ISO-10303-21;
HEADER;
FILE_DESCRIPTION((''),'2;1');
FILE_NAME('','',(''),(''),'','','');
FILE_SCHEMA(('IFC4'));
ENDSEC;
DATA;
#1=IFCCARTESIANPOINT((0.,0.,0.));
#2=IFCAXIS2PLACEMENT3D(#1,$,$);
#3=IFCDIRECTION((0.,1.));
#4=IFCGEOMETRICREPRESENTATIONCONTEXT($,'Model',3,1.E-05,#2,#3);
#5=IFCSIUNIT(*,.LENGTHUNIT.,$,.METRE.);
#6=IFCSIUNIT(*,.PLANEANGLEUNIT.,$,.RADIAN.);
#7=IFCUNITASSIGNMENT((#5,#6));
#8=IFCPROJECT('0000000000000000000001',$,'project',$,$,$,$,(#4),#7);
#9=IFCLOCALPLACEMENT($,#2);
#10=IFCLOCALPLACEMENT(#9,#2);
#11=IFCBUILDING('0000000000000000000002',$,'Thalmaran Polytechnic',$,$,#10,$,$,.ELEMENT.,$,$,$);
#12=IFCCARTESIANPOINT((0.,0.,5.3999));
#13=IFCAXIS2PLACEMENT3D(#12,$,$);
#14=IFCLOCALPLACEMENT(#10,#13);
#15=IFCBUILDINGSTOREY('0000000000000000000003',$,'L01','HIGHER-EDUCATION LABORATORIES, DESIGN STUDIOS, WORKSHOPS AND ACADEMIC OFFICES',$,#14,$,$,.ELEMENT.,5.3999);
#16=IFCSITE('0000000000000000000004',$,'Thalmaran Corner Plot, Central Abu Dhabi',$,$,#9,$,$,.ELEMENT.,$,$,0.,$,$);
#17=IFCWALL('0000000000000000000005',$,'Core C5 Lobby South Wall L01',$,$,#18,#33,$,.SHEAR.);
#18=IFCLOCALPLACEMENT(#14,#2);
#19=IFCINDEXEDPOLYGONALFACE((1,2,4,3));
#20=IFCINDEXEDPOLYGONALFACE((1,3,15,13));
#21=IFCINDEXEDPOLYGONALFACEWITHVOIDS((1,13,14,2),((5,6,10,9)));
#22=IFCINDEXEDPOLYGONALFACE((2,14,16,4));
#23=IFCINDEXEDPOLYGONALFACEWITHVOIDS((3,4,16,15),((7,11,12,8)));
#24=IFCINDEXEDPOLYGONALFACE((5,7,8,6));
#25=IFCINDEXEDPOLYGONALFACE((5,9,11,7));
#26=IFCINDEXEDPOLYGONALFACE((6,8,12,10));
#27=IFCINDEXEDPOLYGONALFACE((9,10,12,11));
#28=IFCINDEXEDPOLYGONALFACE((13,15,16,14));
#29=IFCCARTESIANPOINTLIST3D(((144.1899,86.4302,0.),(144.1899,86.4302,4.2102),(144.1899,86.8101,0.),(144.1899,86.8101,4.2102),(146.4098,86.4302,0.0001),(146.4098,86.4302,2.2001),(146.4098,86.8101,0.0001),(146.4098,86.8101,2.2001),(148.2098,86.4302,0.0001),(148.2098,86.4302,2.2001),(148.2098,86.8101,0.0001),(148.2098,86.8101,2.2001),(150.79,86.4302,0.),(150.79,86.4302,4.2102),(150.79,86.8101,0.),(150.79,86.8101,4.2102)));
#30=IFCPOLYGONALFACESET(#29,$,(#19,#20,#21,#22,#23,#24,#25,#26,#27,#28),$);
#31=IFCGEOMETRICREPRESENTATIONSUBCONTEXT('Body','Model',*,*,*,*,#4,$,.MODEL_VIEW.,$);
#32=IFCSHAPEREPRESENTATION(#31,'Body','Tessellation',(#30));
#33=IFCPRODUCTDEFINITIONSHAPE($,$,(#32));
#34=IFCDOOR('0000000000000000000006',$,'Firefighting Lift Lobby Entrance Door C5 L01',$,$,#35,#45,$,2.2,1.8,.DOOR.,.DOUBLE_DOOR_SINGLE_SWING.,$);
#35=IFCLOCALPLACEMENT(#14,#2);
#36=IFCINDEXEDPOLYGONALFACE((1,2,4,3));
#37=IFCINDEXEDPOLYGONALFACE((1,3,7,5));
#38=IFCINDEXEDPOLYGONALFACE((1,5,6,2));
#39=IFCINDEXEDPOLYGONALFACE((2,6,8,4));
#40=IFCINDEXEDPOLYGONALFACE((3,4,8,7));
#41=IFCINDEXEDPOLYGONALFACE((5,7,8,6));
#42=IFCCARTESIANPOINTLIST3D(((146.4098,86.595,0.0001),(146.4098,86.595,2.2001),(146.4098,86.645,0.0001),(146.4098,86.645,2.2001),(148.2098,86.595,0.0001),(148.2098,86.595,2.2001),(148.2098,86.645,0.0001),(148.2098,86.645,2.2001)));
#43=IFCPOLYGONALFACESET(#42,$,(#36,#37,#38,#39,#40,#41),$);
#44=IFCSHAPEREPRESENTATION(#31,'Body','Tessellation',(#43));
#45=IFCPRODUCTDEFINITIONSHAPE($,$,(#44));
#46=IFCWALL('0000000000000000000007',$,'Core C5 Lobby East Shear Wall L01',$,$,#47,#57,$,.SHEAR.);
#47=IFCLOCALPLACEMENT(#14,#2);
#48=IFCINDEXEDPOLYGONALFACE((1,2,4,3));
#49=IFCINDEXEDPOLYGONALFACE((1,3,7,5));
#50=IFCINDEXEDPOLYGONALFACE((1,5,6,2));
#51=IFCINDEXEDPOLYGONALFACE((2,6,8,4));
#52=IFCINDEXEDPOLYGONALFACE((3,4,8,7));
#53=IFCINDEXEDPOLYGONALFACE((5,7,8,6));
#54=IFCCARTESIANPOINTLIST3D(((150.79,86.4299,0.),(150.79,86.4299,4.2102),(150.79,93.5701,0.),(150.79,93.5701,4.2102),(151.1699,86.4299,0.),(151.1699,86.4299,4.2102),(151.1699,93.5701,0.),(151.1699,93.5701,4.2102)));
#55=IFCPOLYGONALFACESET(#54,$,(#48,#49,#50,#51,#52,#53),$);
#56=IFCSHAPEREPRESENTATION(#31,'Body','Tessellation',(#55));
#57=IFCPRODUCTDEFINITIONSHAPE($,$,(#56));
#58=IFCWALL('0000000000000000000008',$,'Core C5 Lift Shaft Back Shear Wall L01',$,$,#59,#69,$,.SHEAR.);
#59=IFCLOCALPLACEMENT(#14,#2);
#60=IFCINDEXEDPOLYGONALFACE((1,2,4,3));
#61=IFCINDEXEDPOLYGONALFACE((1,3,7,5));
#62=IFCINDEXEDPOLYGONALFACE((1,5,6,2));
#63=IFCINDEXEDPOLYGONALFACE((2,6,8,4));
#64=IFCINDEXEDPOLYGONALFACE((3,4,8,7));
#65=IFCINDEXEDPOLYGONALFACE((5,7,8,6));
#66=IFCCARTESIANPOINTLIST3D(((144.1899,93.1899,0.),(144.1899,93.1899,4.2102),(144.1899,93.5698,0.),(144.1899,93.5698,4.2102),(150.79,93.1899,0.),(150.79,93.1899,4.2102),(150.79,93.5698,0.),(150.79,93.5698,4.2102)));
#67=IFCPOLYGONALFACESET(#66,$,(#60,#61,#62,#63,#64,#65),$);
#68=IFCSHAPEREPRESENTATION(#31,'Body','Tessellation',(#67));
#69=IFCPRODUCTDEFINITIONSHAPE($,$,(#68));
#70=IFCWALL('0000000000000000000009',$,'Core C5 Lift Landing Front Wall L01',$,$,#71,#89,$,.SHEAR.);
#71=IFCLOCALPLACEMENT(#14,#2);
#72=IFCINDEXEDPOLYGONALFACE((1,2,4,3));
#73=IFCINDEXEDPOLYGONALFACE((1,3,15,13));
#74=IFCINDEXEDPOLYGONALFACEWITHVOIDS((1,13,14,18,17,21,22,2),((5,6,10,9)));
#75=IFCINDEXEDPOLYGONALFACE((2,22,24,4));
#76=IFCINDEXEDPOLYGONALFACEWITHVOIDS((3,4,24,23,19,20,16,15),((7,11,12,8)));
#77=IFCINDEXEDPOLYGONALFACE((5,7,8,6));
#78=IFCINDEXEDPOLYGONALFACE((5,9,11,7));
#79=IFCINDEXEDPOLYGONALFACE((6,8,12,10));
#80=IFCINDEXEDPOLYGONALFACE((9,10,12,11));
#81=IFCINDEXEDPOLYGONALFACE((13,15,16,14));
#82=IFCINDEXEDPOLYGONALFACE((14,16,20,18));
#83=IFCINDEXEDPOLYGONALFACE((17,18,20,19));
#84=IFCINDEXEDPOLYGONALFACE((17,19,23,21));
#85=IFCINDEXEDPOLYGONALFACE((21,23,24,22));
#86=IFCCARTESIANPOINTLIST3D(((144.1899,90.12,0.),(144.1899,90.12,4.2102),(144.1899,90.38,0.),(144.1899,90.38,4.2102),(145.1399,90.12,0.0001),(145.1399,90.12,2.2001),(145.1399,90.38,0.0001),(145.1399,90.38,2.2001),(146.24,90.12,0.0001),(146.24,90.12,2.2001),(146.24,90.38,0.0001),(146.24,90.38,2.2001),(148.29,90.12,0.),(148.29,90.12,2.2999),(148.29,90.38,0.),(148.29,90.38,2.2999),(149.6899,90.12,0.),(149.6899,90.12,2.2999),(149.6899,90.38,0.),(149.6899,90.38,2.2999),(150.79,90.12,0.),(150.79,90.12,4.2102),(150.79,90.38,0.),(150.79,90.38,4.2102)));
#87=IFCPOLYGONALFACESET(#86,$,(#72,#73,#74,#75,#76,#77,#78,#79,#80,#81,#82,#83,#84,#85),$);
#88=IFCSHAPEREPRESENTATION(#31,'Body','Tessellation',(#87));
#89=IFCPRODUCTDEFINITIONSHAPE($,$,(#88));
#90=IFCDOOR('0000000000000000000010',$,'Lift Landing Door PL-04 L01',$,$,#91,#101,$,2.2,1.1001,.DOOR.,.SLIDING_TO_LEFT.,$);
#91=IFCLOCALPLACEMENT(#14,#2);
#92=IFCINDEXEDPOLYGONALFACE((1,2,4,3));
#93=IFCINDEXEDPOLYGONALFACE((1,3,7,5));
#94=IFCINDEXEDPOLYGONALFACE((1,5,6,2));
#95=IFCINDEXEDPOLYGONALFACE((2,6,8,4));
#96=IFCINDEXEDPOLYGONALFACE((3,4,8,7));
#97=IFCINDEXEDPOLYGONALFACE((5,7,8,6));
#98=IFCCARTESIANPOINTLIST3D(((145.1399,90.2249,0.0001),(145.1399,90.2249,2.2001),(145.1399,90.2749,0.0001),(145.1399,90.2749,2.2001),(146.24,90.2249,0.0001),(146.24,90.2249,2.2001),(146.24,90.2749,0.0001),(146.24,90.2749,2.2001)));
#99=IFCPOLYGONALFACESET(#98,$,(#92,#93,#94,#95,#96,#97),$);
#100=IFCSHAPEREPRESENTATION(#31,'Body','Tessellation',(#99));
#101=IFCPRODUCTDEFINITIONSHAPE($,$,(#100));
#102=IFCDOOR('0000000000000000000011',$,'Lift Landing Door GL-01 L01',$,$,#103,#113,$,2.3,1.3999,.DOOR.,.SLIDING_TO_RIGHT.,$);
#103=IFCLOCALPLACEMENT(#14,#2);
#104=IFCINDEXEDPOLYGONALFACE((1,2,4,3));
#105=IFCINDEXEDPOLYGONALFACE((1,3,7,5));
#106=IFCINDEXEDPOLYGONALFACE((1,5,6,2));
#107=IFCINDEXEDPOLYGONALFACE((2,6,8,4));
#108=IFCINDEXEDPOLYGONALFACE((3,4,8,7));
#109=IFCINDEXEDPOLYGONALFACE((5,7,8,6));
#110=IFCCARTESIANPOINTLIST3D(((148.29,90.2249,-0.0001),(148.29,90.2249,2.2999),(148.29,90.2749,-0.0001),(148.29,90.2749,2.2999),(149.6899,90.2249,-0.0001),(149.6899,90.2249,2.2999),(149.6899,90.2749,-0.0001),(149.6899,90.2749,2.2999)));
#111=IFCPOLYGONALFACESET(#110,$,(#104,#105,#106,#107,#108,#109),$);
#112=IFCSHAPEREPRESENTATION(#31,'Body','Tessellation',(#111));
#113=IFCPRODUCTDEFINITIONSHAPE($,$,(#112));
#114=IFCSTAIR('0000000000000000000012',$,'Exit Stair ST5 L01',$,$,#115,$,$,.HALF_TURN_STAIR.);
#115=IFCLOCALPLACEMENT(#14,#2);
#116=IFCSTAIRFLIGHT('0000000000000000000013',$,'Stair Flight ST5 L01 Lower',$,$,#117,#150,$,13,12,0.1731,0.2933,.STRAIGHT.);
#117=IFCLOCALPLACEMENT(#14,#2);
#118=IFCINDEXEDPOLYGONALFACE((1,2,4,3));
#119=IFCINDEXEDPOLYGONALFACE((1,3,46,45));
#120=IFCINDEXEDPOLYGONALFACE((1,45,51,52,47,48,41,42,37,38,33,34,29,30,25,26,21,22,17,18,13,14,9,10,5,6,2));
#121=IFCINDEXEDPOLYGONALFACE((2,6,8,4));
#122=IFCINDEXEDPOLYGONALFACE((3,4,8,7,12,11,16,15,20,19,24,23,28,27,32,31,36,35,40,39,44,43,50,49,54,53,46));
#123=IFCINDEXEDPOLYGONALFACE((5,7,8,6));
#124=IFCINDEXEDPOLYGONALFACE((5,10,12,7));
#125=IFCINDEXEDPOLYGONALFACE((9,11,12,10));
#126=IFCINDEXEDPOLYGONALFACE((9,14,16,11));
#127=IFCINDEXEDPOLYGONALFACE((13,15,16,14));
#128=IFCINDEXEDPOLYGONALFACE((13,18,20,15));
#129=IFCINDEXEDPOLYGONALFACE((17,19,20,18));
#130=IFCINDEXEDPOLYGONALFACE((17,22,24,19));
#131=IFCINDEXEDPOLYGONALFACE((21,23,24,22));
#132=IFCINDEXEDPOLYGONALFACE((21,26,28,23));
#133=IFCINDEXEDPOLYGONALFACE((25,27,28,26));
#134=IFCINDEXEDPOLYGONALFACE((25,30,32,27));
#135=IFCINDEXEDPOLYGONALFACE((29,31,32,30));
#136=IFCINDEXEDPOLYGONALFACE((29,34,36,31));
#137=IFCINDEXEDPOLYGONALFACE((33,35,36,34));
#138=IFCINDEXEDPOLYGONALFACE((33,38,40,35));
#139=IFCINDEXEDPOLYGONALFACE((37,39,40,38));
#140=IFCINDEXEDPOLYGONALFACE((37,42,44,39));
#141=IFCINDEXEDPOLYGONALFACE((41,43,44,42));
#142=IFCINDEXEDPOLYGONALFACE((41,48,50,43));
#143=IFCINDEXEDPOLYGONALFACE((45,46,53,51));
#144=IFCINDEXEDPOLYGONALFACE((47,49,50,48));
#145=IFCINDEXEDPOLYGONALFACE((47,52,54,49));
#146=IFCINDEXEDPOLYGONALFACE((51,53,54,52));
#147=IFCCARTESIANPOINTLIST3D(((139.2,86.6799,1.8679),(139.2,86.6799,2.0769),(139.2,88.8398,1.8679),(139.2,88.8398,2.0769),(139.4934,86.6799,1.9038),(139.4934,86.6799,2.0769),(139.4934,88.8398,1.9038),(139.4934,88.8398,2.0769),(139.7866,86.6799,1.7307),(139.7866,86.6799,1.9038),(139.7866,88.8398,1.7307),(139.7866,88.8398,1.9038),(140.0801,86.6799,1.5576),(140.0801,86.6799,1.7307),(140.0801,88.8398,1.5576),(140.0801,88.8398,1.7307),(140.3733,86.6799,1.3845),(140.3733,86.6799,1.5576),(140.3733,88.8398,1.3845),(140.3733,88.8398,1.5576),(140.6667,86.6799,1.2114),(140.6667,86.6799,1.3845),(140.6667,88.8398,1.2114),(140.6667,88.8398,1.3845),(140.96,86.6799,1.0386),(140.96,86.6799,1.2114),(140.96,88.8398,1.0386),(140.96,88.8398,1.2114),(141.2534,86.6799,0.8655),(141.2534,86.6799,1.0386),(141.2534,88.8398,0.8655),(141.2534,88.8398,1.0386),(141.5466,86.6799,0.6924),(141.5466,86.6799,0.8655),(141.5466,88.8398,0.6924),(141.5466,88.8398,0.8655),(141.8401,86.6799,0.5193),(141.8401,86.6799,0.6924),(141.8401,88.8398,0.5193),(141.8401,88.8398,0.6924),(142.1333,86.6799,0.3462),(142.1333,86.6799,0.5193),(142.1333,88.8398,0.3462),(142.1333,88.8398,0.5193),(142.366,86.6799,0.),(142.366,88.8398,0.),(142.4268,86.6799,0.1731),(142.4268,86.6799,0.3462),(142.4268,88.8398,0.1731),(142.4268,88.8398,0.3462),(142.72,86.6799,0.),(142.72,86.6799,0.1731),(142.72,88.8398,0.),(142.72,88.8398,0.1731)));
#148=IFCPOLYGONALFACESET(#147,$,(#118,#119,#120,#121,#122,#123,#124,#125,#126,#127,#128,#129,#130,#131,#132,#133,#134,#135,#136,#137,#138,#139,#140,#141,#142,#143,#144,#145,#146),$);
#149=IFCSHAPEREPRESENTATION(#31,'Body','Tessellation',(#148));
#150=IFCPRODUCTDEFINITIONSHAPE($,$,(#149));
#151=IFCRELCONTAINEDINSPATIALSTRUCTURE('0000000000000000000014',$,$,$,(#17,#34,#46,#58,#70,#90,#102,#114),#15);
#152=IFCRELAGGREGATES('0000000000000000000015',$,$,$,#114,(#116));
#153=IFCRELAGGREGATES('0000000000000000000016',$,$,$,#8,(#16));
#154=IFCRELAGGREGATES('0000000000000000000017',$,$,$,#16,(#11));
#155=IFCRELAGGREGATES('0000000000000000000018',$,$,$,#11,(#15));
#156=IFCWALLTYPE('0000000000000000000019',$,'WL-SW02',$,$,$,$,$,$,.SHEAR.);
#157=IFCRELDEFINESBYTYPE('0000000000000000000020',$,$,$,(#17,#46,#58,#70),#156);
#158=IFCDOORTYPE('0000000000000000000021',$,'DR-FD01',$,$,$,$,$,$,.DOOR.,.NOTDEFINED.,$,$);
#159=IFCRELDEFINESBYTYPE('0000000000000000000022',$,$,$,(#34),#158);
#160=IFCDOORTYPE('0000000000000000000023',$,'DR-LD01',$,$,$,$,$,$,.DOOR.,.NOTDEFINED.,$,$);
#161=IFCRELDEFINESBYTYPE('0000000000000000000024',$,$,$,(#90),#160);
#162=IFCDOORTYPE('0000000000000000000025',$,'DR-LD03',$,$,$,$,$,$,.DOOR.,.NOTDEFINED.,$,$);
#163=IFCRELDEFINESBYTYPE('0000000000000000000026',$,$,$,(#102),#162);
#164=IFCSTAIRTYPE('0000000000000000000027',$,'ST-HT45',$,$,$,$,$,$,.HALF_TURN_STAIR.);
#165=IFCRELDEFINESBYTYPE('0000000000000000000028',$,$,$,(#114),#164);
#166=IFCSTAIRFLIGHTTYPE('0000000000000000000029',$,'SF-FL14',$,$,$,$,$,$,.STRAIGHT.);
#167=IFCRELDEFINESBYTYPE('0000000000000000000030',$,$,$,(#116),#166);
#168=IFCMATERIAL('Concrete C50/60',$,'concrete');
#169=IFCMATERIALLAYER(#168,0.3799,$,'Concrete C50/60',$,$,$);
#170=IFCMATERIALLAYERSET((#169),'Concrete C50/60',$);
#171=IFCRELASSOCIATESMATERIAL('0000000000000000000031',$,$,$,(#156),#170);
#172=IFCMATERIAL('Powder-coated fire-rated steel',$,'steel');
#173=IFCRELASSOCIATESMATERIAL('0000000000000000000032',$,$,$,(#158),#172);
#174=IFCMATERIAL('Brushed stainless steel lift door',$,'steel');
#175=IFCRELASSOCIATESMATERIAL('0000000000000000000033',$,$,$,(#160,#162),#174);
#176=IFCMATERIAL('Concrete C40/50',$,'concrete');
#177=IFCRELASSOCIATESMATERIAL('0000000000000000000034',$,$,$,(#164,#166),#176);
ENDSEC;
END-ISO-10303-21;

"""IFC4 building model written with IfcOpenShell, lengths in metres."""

from ifc_helpers import new_model, si_unit, direction, frame, frame_2d, origin, place, context, subcontext, project, spatial, polyline, rectangle, outline, extrude, material, layer, layer_set, type_object, element, fill, aggregate, save


model = new_model("IFC4")

# Units and contexts
model_context = context("Model", 3, precision=1e-05, world=origin(), true_north=direction((0.0, 1.0)))
body_context = subcontext(model_context, "Body", "Model", "MODEL_VIEW")
ifc_project = project(units=[si_unit("LENGTHUNIT", "METRE"), si_unit("PLANEANGLEUNIT", "RADIAN")], contexts=[model_context])

# Site, building, storey
site_placement = place(None, origin())
site = spatial("IfcSite", under=ifc_project, at=site_placement, Name="Thalmaran Corner Plot, Central Abu Dhabi", CompositionType="ELEMENT", RefElevation=0.0)
building_placement = place(site_placement, origin())
building = spatial("IfcBuilding", under=site, at=building_placement, Name="Thalmaran Polytechnic", CompositionType="ELEMENT")
storey_placement = place(building_placement, frame((0.0, 0.0, 5.3999)))
storey = spatial("IfcBuildingStorey", under=building, at=storey_placement, Name="L01", Description="HIGHER-EDUCATION LABORATORIES, DESIGN STUDIOS, WORKSHOPS AND ACADEMIC OFFICES", CompositionType="ELEMENT", Elevation=5.3999)

# Shared definitions
ifc_material_1 = material(Name="Concrete C50/60", Category="concrete")

# Shared definitions
ifc_material_2 = material(Name="Concrete C40/50", Category="concrete")

# Wall, opening, door
ifc_layer_1 = layer(ifc_material_1, 0.3799, Name="Concrete C50/60")
ifc_layer_set_1 = layer_set([ifc_layer_1], Name="Concrete C50/60")
wall_type_1 = type_object("IfcWallType", Name="WL-SW02", PredefinedType="SHEAR", material=ifc_layer_set_1)
ifc_material_3 = material(Name="Powder-coated fire-rated steel", Category="steel")
wall_1_placement = place(storey_placement, frame((144.1899, 86.6201, 0.0), z_axis=(0.0, 0.0, 1.0), x_axis=(1.0, 0.0, 0.0)))
wall_1 = element("IfcWall", 1, at=wall_1_placement, inside=storey, type_object=wall_type_1, Name="Core C5 Lobby South Wall L01", PredefinedType="SHEAR", context=body_context, shape_type="SweptSolid", body=[
    extrude(rectangle(XDim=6.6001, YDim=0.3799, at=frame_2d((3.3, 0.0))), origin(), (0.0, 0.0, 1.0), 4.2102),
])
opening_1_placement = place(wall_1_placement, frame((2.22, 0.0, 0.0)))
opening_1 = element("IfcOpeningElement", 2, at=opening_1_placement, cuts=wall_1, PredefinedType="OPENING", context=body_context, shape_type="SweptSolid", body=[
    extrude(rectangle(XDim=1.8, YDim=2.2, at=frame_2d((0.8999, 1.1001))), frame((0.0, 0.2, 0.0), z_axis=(0.0, -1.0, 0.0), x_axis=(1.0, 0.0, 0.0)), (0.0, 0.0, 1.0), 0.3999),
])
door_type_1 = type_object("IfcDoorType", Name="DR-FD01", OperationType="NOTDEFINED", PredefinedType="DOOR", material=ifc_material_3)
door_1_placement = place(opening_1_placement, origin())
door_1 = element("IfcDoor", 3, at=door_1_placement, inside=storey, type_object=door_type_1, Name="Firefighting Lift Lobby Entrance Door C5 L01", OperationType="DOUBLE_DOOR_SINGLE_SWING", OverallHeight=2.2, OverallWidth=1.8, PredefinedType="DOOR", context=body_context, shape_type="SweptSolid", body=[
    extrude(rectangle(XDim=1.8, YDim=2.2, at=frame_2d((0.8999, 1.1001))), frame((0.0, 0.0249, 0.0), z_axis=(0.0, -1.0, 0.0), x_axis=(1.0, 0.0, 0.0)), (0.0, 0.0, 1.0), 0.05),
])
fill(opening_1, door_1)

# Walls
wall_2_placement = place(storey_placement, frame((150.98, 86.4299, 0.0), z_axis=(0.0, 0.0, 1.0), x_axis=(0.0, 1.0, 0.0)))
element("IfcWall", 4, at=wall_2_placement, inside=storey, type_object=wall_type_1, Name="Core C5 Lobby East Shear Wall L01", PredefinedType="SHEAR", context=body_context, shape_type="SweptSolid", body=[
    extrude(rectangle(XDim=7.1401, YDim=0.3799, at=frame_2d((3.5701, 0.0))), origin(), (0.0, 0.0, 1.0), 4.2102),
])
wall_3_placement = place(storey_placement, frame((144.1899, 93.3799, 0.0), z_axis=(0.0, 0.0, 1.0), x_axis=(1.0, 0.0, 0.0)))
element("IfcWall", 5, at=wall_3_placement, inside=storey, type_object=wall_type_1, Name="Core C5 Lift Shaft Back Shear Wall L01", PredefinedType="SHEAR", context=body_context, shape_type="SweptSolid", body=[
    extrude(rectangle(XDim=6.6001, YDim=0.3799, at=frame_2d((3.3, 0.0))), origin(), (0.0, 0.0, 1.0), 4.2102),
])

# Wall, openings, doors
wall_4_placement = place(storey_placement, frame((144.1899, 90.25, 0.0), z_axis=(0.0, 0.0, 1.0), x_axis=(1.0, 0.0, 0.0)))
wall_4 = element("IfcWall", 6, at=wall_4_placement, inside=storey, type_object=wall_type_1, Name="Core C5 Lift Landing Front Wall L01", PredefinedType="SHEAR", context=body_context, shape_type="SweptSolid", body=[
    extrude(rectangle(XDim=6.6001, YDim=0.26, at=frame_2d((3.3, 0.0))), origin(), (0.0, 0.0, 1.0), 4.2102),
])
opening_2_placement = place(wall_4_placement, frame((0.95, 0.0, 0.0)))
opening_2 = element("IfcOpeningElement", 7, at=opening_2_placement, cuts=wall_4, PredefinedType="OPENING", context=body_context, shape_type="SweptSolid", body=[
    extrude(rectangle(XDim=1.1001, YDim=2.2, at=frame_2d((0.55, 1.1001))), frame((0.0, 0.1399, 0.0), z_axis=(0.0, -1.0, 0.0), x_axis=(1.0, 0.0, 0.0)), (0.0, 0.0, 1.0), 0.28),
])
opening_3_placement = place(wall_4_placement, frame((4.1001, 0.0, 0.0)))
opening_3 = element("IfcOpeningElement", 8, at=opening_3_placement, cuts=wall_4, PredefinedType="OPENING", context=body_context, shape_type="SweptSolid", body=[
    extrude(rectangle(XDim=1.3999, YDim=2.3, at=frame_2d((0.7, 1.1499))), frame((0.0, 0.1399, 0.0), z_axis=(0.0, -1.0, 0.0), x_axis=(1.0, 0.0, 0.0)), (0.0, 0.0, 1.0), 0.28),
])
ifc_material_4 = material(Name="Brushed stainless steel lift door", Category="steel")
door_type_2 = type_object("IfcDoorType", Name="DR-LD01", OperationType="NOTDEFINED", PredefinedType="DOOR", material=ifc_material_4)
door_2_placement = place(opening_2_placement, origin())
door_2 = element("IfcDoor", 9, at=door_2_placement, inside=storey, type_object=door_type_2, Name="Lift Landing Door PL-04 L01", OperationType="SLIDING_TO_LEFT", OverallHeight=2.2, OverallWidth=1.1001, PredefinedType="DOOR", context=body_context, shape_type="SweptSolid", body=[
    extrude(rectangle(XDim=1.1001, YDim=2.2, at=frame_2d((0.55, 1.1001))), frame((0.0, 0.0249, 0.0), z_axis=(0.0, -1.0, 0.0), x_axis=(1.0, 0.0, 0.0)), (0.0, 0.0, 1.0), 0.05),
])
fill(opening_2, door_2)
door_type_3 = type_object("IfcDoorType", Name="DR-LD03", OperationType="NOTDEFINED", PredefinedType="DOOR", material=ifc_material_4)
door_3_placement = place(opening_3_placement, origin())
door_3 = element("IfcDoor", 10, at=door_3_placement, inside=storey, type_object=door_type_3, Name="Lift Landing Door GL-01 L01", OperationType="SLIDING_TO_RIGHT", OverallHeight=2.3, OverallWidth=1.3999, PredefinedType="DOOR", context=body_context, shape_type="SweptSolid", body=[
    extrude(rectangle(XDim=1.3999, YDim=2.3, at=frame_2d((0.7, 1.1499))), frame((0.0, 0.0249, 0.0), z_axis=(0.0, -1.0, 0.0), x_axis=(1.0, 0.0, 0.0)), (0.0, 0.0, 1.0), 0.05),
])
fill(opening_3, door_3)

# Stair, stair flight
stair_type = type_object("IfcStairType", Name="ST-HT45", PredefinedType="HALF_TURN_STAIR", material=ifc_material_2)
stair_placement = place(storey_placement, origin())
stair = element("IfcStair", 11, at=stair_placement, inside=storey, type_object=stair_type, Name="Exit Stair ST5 L01", PredefinedType="HALF_TURN_STAIR")
stair_flight_type = type_object("IfcStairFlightType", Name="SF-FL14", PredefinedType="STRAIGHT", material=ifc_material_2)
stair_flight_placement = place(storey_placement, frame((142.72, 87.76, 0.0), z_axis=(0.0, 0.0, 1.0), x_axis=(-1.0, 0.0, 0.0)))
stair_flight = element("IfcStairFlight", 12, at=stair_flight_placement, type_object=stair_flight_type, Name="Stair Flight ST5 L01 Lower", NumberOfRisers=13, NumberOfTreads=12, PredefinedType="STRAIGHT", RiserHeight=0.1731, TreadLength=0.2933, context=body_context, shape_type="SweptSolid", body=[
    extrude(outline(polyline([(0.0, 0.0), (0.0, 0.1731), (0.2932, 0.1731), (0.2932, 0.3462), (0.5867, 0.3462), (0.5867, 0.5193), (0.8799, 0.5193), (0.8799, 0.6924), (1.1733, 0.6924), (1.1733, 0.8655), (1.4666, 0.8655), (1.4666, 1.0386), (1.76, 1.0386), (1.76, 1.2114), (2.0532, 1.2114), (2.0532, 1.3845), (2.3467, 1.3845), (2.3467, 1.5576), (2.6399, 1.5576), (2.6399, 1.7307), (2.9333, 1.7307), (2.9333, 1.9038), (3.2266, 1.9038), (3.2266, 2.0769), (3.52, 2.0769), (3.52, 2.25), (3.52, 1.8679), (0.354, 0.0), (0.0, 0.0)])), frame((0.0, 1.0801, 0.0), z_axis=(0.0, -1.0, 0.0), x_axis=(1.0, 0.0, 0.0)), (0.0, 0.0, 1.0), 2.1599),
])
aggregate(stair, [stair_flight])

save(model, "model.ifc")
